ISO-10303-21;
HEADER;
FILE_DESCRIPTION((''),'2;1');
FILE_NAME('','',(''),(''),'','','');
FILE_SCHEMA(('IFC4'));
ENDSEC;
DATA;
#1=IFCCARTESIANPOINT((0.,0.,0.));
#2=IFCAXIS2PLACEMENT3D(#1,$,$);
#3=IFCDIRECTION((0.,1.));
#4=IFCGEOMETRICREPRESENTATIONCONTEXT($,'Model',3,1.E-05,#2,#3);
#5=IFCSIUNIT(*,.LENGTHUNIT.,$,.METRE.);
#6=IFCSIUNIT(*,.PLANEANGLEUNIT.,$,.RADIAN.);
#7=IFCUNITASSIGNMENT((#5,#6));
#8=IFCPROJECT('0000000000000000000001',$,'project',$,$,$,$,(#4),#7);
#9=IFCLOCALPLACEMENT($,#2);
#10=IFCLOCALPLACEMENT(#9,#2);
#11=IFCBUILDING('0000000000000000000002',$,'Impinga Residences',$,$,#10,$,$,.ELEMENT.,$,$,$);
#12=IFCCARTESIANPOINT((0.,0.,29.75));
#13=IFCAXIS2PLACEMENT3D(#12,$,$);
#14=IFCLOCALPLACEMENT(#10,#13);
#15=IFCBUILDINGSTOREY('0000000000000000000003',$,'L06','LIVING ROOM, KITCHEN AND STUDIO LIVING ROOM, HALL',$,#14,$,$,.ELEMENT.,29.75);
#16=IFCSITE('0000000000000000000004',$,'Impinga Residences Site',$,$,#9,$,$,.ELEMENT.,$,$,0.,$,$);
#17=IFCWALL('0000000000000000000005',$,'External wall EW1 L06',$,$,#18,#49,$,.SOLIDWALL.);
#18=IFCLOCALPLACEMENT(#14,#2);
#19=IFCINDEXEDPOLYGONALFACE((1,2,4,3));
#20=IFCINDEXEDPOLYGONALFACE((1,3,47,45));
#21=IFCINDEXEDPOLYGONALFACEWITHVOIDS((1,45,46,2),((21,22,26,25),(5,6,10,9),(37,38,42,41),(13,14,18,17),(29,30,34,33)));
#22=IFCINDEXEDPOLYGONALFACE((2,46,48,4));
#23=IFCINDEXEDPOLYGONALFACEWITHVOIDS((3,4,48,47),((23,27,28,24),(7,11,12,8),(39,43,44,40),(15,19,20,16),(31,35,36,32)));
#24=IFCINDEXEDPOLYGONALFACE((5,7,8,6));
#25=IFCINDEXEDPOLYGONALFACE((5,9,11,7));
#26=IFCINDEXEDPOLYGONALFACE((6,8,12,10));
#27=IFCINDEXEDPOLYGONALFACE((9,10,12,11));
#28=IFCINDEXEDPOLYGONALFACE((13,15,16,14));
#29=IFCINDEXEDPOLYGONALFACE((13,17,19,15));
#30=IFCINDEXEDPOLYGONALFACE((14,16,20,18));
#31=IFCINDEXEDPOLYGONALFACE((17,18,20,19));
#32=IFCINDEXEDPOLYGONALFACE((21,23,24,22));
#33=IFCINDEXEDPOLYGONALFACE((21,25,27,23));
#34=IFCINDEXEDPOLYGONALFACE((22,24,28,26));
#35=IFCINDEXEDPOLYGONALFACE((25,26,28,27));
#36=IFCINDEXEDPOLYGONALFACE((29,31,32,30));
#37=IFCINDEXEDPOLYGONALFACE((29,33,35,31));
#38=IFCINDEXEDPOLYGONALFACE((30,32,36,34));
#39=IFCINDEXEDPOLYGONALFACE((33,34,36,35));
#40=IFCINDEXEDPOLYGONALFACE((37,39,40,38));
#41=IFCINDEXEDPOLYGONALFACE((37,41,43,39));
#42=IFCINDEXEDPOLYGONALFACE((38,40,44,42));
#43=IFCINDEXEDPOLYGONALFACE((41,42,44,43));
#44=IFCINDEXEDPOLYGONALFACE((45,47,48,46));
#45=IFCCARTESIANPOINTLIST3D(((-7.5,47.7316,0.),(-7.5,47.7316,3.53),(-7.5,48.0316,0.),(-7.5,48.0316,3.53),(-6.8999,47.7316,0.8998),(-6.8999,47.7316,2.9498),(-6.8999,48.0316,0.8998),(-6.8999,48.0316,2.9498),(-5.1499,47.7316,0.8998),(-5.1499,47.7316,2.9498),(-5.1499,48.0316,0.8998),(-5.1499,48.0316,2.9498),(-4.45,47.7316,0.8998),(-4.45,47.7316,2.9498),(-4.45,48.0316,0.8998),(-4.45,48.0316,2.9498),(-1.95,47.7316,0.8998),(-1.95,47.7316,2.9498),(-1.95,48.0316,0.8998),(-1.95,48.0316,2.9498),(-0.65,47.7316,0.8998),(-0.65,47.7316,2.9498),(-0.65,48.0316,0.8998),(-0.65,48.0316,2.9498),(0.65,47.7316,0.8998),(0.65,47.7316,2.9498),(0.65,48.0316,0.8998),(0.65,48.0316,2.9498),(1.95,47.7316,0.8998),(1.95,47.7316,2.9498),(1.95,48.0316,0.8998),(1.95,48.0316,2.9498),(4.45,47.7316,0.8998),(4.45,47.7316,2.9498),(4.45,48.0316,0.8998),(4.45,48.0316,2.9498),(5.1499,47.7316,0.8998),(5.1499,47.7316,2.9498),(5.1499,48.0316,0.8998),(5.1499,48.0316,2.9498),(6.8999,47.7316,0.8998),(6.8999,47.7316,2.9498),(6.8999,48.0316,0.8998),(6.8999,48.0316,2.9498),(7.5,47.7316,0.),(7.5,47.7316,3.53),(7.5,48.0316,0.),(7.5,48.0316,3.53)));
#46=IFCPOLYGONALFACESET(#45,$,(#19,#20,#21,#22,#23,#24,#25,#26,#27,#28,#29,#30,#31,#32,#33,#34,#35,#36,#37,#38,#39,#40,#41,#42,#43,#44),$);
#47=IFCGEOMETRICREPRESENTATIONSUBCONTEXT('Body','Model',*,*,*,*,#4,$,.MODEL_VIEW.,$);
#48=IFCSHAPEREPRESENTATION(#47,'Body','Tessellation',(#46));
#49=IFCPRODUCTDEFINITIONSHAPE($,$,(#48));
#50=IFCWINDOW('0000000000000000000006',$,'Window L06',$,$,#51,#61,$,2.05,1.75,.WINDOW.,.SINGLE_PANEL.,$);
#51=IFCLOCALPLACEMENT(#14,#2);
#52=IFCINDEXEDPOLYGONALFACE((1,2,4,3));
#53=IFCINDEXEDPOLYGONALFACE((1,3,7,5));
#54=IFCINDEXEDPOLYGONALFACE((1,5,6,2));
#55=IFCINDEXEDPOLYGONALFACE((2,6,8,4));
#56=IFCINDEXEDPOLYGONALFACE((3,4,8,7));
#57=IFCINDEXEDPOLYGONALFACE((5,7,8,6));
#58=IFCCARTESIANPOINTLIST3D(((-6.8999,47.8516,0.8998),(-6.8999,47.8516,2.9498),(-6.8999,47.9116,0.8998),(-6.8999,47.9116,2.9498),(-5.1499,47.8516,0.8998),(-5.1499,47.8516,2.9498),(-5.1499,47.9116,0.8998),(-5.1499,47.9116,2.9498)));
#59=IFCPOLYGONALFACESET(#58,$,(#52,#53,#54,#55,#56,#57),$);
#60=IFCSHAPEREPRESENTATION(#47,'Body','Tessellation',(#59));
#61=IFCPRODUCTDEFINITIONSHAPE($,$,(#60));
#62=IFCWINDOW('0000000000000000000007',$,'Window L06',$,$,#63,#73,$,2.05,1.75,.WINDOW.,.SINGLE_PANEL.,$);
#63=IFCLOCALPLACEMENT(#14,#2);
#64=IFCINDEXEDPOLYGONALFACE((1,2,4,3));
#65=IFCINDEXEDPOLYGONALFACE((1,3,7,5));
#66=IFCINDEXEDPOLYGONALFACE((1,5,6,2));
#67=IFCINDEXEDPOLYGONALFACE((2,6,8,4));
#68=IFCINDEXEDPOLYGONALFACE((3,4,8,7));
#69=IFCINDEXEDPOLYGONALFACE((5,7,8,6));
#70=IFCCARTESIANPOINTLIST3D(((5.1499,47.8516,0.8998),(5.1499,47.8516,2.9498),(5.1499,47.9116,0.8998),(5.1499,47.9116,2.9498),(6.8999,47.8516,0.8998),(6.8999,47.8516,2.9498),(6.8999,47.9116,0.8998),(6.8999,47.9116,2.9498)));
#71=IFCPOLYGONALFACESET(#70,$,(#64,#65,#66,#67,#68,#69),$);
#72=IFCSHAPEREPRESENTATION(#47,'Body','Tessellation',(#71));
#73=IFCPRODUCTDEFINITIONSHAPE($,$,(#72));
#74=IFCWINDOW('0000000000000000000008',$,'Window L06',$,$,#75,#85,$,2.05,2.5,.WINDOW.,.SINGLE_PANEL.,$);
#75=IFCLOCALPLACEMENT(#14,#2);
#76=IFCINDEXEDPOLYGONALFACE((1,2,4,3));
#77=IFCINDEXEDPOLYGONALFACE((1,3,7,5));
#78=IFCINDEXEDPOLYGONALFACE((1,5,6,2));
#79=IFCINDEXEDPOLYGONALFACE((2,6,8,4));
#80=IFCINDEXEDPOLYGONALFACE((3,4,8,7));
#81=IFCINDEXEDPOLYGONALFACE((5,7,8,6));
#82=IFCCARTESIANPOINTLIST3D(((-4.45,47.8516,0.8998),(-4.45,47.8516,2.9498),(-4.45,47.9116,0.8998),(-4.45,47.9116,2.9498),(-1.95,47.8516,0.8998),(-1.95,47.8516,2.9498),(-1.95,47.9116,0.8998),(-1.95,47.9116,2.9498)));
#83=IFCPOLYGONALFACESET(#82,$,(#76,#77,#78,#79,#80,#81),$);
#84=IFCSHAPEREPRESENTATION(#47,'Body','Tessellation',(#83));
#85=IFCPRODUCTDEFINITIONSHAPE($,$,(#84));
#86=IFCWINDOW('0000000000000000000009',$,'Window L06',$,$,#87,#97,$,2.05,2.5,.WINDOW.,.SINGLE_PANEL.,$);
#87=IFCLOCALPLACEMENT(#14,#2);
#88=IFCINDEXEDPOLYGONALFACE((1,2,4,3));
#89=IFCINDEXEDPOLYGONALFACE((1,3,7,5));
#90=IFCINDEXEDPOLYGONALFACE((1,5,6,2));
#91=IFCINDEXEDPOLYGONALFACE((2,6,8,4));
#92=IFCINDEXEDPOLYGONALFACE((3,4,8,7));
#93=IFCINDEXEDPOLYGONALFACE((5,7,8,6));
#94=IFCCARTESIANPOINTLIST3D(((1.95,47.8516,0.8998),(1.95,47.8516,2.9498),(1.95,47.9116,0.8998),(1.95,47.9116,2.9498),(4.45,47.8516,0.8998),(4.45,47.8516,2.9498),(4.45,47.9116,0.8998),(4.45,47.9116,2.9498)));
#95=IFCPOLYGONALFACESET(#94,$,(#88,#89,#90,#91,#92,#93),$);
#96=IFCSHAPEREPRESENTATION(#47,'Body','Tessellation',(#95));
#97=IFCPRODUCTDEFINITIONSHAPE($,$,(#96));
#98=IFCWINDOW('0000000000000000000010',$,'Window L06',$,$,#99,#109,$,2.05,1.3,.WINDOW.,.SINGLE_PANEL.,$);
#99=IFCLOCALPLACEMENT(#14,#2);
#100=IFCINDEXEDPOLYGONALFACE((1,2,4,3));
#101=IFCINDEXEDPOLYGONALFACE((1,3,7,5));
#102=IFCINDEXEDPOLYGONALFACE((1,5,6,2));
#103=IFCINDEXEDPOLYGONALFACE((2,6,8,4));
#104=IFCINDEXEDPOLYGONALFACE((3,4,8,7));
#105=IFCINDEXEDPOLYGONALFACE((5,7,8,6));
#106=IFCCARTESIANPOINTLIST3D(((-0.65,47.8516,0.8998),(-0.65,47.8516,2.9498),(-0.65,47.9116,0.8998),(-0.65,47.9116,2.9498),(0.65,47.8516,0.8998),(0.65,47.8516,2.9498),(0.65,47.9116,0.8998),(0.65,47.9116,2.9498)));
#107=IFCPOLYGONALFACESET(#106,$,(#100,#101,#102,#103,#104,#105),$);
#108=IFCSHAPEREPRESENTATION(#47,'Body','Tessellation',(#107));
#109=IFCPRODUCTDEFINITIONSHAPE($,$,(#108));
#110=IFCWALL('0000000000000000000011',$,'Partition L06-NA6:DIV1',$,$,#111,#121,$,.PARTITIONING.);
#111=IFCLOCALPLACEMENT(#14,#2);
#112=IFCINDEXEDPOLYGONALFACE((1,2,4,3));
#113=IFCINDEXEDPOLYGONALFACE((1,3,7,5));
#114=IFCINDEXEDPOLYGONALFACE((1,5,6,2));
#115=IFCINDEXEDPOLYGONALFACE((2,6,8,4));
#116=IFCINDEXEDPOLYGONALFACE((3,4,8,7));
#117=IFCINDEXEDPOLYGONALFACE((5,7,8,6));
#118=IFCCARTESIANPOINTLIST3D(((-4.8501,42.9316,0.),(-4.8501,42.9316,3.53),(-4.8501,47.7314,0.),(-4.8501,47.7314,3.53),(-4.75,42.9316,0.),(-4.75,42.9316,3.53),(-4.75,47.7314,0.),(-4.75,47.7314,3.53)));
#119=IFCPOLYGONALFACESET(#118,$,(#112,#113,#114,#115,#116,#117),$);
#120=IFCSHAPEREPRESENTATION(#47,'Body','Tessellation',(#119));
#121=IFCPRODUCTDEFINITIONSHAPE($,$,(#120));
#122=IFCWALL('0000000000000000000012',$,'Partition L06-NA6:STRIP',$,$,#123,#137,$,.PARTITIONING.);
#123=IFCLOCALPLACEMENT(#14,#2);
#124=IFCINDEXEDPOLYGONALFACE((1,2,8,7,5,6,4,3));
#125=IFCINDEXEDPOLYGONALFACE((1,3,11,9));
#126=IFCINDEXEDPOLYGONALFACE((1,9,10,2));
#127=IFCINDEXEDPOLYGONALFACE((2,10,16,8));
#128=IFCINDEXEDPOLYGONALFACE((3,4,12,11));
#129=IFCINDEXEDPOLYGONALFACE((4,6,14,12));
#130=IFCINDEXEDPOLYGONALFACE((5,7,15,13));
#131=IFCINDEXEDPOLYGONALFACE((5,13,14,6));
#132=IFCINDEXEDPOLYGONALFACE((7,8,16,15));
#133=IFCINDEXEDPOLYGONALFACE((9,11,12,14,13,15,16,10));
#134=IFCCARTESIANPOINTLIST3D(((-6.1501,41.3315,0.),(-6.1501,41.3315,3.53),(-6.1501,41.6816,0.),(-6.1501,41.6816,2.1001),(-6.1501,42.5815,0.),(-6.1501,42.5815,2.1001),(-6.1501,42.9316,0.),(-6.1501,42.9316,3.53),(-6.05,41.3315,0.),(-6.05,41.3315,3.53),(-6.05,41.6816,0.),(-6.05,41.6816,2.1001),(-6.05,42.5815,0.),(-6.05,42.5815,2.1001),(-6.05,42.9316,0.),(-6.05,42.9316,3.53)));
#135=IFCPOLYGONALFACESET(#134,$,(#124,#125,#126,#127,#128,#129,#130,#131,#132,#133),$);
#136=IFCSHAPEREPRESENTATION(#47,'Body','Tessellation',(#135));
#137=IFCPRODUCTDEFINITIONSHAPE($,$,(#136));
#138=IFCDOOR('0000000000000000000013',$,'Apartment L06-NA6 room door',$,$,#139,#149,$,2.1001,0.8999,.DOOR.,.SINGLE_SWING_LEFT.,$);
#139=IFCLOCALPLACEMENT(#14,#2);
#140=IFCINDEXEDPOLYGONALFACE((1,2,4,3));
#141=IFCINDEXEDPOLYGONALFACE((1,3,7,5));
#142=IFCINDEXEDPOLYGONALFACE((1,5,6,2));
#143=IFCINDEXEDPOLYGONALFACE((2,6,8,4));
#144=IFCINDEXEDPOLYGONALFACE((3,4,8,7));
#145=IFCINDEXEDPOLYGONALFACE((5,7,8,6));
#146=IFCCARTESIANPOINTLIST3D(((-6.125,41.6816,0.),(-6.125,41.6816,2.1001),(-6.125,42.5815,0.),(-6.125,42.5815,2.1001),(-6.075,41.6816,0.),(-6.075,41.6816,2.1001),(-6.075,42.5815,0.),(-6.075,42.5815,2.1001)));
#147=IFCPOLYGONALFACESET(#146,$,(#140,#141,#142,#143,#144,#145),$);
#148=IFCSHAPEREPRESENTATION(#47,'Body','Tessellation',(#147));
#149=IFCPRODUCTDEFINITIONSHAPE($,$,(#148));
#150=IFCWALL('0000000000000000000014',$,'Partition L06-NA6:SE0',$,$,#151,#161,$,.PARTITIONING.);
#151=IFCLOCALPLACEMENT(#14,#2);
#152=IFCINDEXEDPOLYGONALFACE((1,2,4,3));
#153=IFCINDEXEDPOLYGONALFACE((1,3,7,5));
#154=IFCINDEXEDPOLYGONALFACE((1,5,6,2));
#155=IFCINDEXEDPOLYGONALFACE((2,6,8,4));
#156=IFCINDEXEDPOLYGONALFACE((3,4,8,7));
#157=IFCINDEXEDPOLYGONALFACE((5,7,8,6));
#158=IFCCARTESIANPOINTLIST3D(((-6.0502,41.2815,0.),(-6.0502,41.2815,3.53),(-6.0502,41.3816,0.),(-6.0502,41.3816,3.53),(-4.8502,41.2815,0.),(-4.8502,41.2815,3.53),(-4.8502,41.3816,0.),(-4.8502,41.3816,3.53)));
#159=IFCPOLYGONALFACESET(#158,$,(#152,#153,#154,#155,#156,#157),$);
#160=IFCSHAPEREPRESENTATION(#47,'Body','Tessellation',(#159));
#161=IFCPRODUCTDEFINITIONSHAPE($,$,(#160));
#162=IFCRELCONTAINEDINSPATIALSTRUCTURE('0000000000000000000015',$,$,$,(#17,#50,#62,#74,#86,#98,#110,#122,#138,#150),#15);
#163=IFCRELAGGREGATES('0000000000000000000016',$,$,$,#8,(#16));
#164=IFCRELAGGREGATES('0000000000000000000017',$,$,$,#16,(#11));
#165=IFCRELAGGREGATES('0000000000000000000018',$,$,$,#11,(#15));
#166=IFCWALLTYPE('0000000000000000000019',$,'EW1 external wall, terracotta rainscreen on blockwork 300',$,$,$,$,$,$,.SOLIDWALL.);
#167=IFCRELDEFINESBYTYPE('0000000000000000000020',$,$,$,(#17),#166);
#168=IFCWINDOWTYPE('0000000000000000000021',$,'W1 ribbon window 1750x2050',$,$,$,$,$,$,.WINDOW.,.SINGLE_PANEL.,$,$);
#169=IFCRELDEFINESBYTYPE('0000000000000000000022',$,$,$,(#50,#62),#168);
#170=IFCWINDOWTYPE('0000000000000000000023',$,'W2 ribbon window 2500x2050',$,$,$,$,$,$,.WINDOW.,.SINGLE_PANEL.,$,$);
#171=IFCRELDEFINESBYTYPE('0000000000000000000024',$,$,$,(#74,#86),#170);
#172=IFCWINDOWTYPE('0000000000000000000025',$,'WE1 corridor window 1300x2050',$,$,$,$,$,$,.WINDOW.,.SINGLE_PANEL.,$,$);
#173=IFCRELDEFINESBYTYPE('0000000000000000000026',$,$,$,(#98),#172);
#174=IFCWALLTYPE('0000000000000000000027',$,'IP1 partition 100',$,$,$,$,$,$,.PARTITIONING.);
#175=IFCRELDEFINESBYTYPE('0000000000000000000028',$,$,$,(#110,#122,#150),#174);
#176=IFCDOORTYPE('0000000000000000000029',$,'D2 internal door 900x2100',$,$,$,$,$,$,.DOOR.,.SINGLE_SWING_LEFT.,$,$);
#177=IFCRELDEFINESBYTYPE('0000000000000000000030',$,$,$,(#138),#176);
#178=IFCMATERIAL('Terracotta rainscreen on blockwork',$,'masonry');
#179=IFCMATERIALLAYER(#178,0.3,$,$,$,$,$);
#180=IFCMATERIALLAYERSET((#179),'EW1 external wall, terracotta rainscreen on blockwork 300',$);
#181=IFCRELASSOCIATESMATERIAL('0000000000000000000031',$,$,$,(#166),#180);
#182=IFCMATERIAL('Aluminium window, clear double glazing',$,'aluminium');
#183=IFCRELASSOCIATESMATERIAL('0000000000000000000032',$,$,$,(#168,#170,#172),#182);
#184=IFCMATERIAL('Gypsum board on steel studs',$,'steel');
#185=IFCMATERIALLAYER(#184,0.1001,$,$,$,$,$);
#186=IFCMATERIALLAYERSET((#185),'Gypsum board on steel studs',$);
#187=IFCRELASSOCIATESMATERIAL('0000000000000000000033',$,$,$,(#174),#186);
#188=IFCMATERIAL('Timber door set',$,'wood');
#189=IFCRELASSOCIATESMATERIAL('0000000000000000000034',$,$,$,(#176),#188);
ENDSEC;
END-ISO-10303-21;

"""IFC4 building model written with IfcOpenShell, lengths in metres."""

from ifc_helpers import new_model, si_unit, direction, frame, frame_2d, origin, place, context, subcontext, project, spatial, rectangle, extrude, material, layer, layer_set, type_object, element, fill, save


model = new_model("IFC4")

# Units and contexts
model_context = context("Model", 3, precision=1e-05, world=origin(), true_north=direction((0.0, 1.0)))
body_context = subcontext(model_context, "Body", "Model", "MODEL_VIEW")
ifc_project = project(units=[si_unit("LENGTHUNIT", "METRE"), si_unit("PLANEANGLEUNIT", "RADIAN")], contexts=[model_context])

# Site, building, storey
site_placement = place(None, origin())
site = spatial("IfcSite", under=ifc_project, at=site_placement, Name="Impinga Residences Site", CompositionType="ELEMENT", RefElevation=0.0)
building_placement = place(site_placement, origin())
building = spatial("IfcBuilding", under=site, at=building_placement, Name="Impinga Residences", CompositionType="ELEMENT")
storey_placement = place(building_placement, frame((0.0, 0.0, 29.75)))
storey = spatial("IfcBuildingStorey", under=building, at=storey_placement, Name="L06", Description="LIVING ROOM, KITCHEN AND STUDIO LIVING ROOM, HALL", CompositionType="ELEMENT", Elevation=29.75)

# Shared definitions
ifc_material_1 = material(Name="Terracotta rainscreen on blockwork", Category="masonry")
ifc_layer_1 = layer(ifc_material_1, 0.3)
ifc_layer_set_1 = layer_set([ifc_layer_1], Name="EW1 external wall, terracotta rainscreen on blockwork 300")
wall_type_1 = type_object("IfcWallType", Name="EW1 external wall, terracotta rainscreen on blockwork 300", PredefinedType="SOLIDWALL", material=ifc_layer_set_1)

# Wall, openings, windows
wall_1_placement = place(storey_placement, frame((-7.5, 47.8816, 0.0), z_axis=(0.0, 0.0, 1.0), x_axis=(1.0, 0.0, 0.0)))
wall_1 = element("IfcWall", 1, at=wall_1_placement, inside=storey, type_object=wall_type_1, Name="External wall EW1 L06", PredefinedType="SOLIDWALL", context=body_context, shape_type="SweptSolid", body=[
    extrude(rectangle(XDim=15.0, YDim=0.3, at=frame_2d((7.5, 0.0))), origin(), (0.0, 0.0, 1.0), 3.53),
])
opening_1_placement = place(wall_1_placement, frame((0.6001, 0.0, 0.8999)))
opening_1 = element("IfcOpeningElement", 2, at=opening_1_placement, cuts=wall_1, PredefinedType="OPENING", context=body_context, shape_type="SweptSolid", body=[
    extrude(rectangle(XDim=1.75, YDim=2.05, at=frame_2d((0.875, 1.0249))), frame((0.0, 0.1599, 0.0), z_axis=(0.0, -1.0, 0.0), x_axis=(1.0, 0.0, 0.0)), (0.0, 0.0, 1.0), 0.3201),
])
opening_2_placement = place(wall_1_placement, frame((3.05, 0.0, 0.8999)))
opening_2 = element("IfcOpeningElement", 3, at=opening_2_placement, cuts=wall_1, PredefinedType="OPENING", context=body_context, shape_type="SweptSolid", body=[
    extrude(rectangle(XDim=2.5, YDim=2.05, at=frame_2d((1.25, 1.0249))), frame((0.0, 0.1599, 0.0), z_axis=(0.0, -1.0, 0.0), x_axis=(1.0, 0.0, 0.0)), (0.0, 0.0, 1.0), 0.3201),
])
opening_3_placement = place(wall_1_placement, frame((6.8501, 0.0, 0.8999)))
opening_3 = element("IfcOpeningElement", 4, at=opening_3_placement, cuts=wall_1, PredefinedType="OPENING", context=body_context, shape_type="SweptSolid", body=[
    extrude(rectangle(XDim=1.3, YDim=2.05, at=frame_2d((0.6499, 1.0249))), frame((0.0, 0.1599, 0.0), z_axis=(0.0, -1.0, 0.0), x_axis=(1.0, 0.0, 0.0)), (0.0, 0.0, 1.0), 0.3201),
])
opening_4_placement = place(wall_1_placement, frame((9.45, 0.0, 0.8999)))
opening_4 = element("IfcOpeningElement", 5, at=opening_4_placement, cuts=wall_1, PredefinedType="OPENING", context=body_context, shape_type="SweptSolid", body=[
    extrude(rectangle(XDim=2.5, YDim=2.05, at=frame_2d((1.25, 1.0249))), frame((0.0, 0.1599, 0.0), z_axis=(0.0, -1.0, 0.0), x_axis=(1.0, 0.0, 0.0)), (0.0, 0.0, 1.0), 0.3201),
])
opening_5_placement = place(wall_1_placement, frame((12.6499, 0.0, 0.8999)))
opening_5 = element("IfcOpeningElement", 6, at=opening_5_placement, cuts=wall_1, PredefinedType="OPENING", context=body_context, shape_type="SweptSolid", body=[
    extrude(rectangle(XDim=1.75, YDim=2.05, at=frame_2d((0.875, 1.0249))), frame((0.0, 0.1599, 0.0), z_axis=(0.0, -1.0, 0.0), x_axis=(1.0, 0.0, 0.0)), (0.0, 0.0, 1.0), 0.3201),
])
ifc_material_2 = material(Name="Aluminium window, clear double glazing", Category="aluminium")
window_type_1 = type_object("IfcWindowType", Name="W1 ribbon window 1750x2050", PartitioningType="SINGLE_PANEL", PredefinedType="WINDOW", material=ifc_material_2)
window_1_placement = place(opening_1_placement, origin())
window_1 = element("IfcWindow", 7, at=window_1_placement, inside=storey, type_object=window_type_1, Name="Window L06", OverallHeight=2.05, OverallWidth=1.75, PartitioningType="SINGLE_PANEL", PredefinedType="WINDOW", context=body_context, shape_type="SweptSolid", body=[
    extrude(rectangle(XDim=1.75, YDim=2.05, at=frame_2d((0.875, 1.0249))), frame((0.0, 0.03, 0.0), z_axis=(0.0, -1.0, 0.0), x_axis=(1.0, 0.0, 0.0)), (0.0, 0.0, 1.0), 0.0601),
])
fill(opening_1, window_1)
window_2_placement = place(opening_5_placement, origin())
window_2 = element("IfcWindow", 8, at=window_2_placement, inside=storey, type_object=window_type_1, Name="Window L06", OverallHeight=2.05, OverallWidth=1.75, PartitioningType="SINGLE_PANEL", PredefinedType="WINDOW", context=body_context, shape_type="SweptSolid", body=[
    extrude(rectangle(XDim=1.75, YDim=2.05, at=frame_2d((0.875, 1.0249))), frame((0.0, 0.03, 0.0), z_axis=(0.0, -1.0, 0.0), x_axis=(1.0, 0.0, 0.0)), (0.0, 0.0, 1.0), 0.0601),
])
fill(opening_5, window_2)
window_type_2 = type_object("IfcWindowType", Name="W2 ribbon window 2500x2050", PartitioningType="SINGLE_PANEL", PredefinedType="WINDOW", material=ifc_material_2)
window_3_placement = place(opening_2_placement, origin())
window_3 = element("IfcWindow", 9, at=window_3_placement, inside=storey, type_object=window_type_2, Name="Window L06", OverallHeight=2.05, OverallWidth=2.5, PartitioningType="SINGLE_PANEL", PredefinedType="WINDOW", context=body_context, shape_type="SweptSolid", body=[
    extrude(rectangle(XDim=2.5, YDim=2.05, at=frame_2d((1.25, 1.0249))), frame((0.0, 0.03, 0.0), z_axis=(0.0, -1.0, 0.0), x_axis=(1.0, 0.0, 0.0)), (0.0, 0.0, 1.0), 0.0601),
])
fill(opening_2, window_3)
window_4_placement = place(opening_4_placement, origin())
window_4 = element("IfcWindow", 10, at=window_4_placement, inside=storey, type_object=window_type_2, Name="Window L06", OverallHeight=2.05, OverallWidth=2.5, PartitioningType="SINGLE_PANEL", PredefinedType="WINDOW", context=body_context, shape_type="SweptSolid", body=[
    extrude(rectangle(XDim=2.5, YDim=2.05, at=frame_2d((1.25, 1.0249))), frame((0.0, 0.03, 0.0), z_axis=(0.0, -1.0, 0.0), x_axis=(1.0, 0.0, 0.0)), (0.0, 0.0, 1.0), 0.0601),
])
fill(opening_4, window_4)
window_type_3 = type_object("IfcWindowType", Name="WE1 corridor window 1300x2050", PartitioningType="SINGLE_PANEL", PredefinedType="WINDOW", material=ifc_material_2)
window_5_placement = place(opening_3_placement, origin())
window_5 = element("IfcWindow", 11, at=window_5_placement, inside=storey, type_object=window_type_3, Name="Window L06", OverallHeight=2.05, OverallWidth=1.3, PartitioningType="SINGLE_PANEL", PredefinedType="WINDOW", context=body_context, shape_type="SweptSolid", body=[
    extrude(rectangle(XDim=1.3, YDim=2.05, at=frame_2d((0.6499, 1.0249))), frame((0.0, 0.03, 0.0), z_axis=(0.0, -1.0, 0.0), x_axis=(1.0, 0.0, 0.0)), (0.0, 0.0, 1.0), 0.0601),
])
fill(opening_3, window_5)

# Wall
ifc_material_3 = material(Name="Gypsum board on steel studs", Category="steel")
ifc_layer_2 = layer(ifc_material_3, 0.1001)
ifc_layer_set_2 = layer_set([ifc_layer_2], Name="Gypsum board on steel studs")
wall_type_2 = type_object("IfcWallType", Name="IP1 partition 100", PredefinedType="PARTITIONING", material=ifc_layer_set_2)
wall_2_placement = place(storey_placement, frame((-4.8, 42.9316, 0.0), z_axis=(0.0, 0.0, 1.0), x_axis=(0.0, 1.0, 0.0)))
element("IfcWall", 12, at=wall_2_placement, inside=storey, type_object=wall_type_2, Name="Partition L06-NA6:DIV1", PredefinedType="PARTITIONING", context=body_context, shape_type="SweptSolid", body=[
    extrude(rectangle(XDim=4.7998, YDim=0.1001, at=frame_2d((2.3999, 0.0))), origin(), (0.0, 0.0, 1.0), 3.53),
])

# Wall, opening, door
wall_3_placement = place(storey_placement, frame((-6.1001, 41.3315, 0.0), z_axis=(0.0, 0.0, 1.0), x_axis=(0.0, 1.0, 0.0)))
wall_3 = element("IfcWall", 13, at=wall_3_placement, inside=storey, type_object=wall_type_2, Name="Partition L06-NA6:STRIP", PredefinedType="PARTITIONING", context=body_context, shape_type="SweptSolid", body=[
    extrude(rectangle(XDim=1.6001, YDim=0.1001, at=frame_2d((0.8, 0.0))), origin(), (0.0, 0.0, 1.0), 3.53),
])
opening_6_placement = place(wall_3_placement, frame((0.3501, 0.0, 0.0)))
opening_6 = element("IfcOpeningElement", 14, at=opening_6_placement, cuts=wall_3, PredefinedType="OPENING", context=body_context, shape_type="SweptSolid", body=[
    extrude(rectangle(XDim=0.8999, YDim=2.1001, at=frame_2d((0.45, 1.05))), frame((0.0, 0.0601, 0.0), z_axis=(0.0, -1.0, 0.0), x_axis=(1.0, 0.0, 0.0)), (0.0, 0.0, 1.0), 0.1201),
])
ifc_material_4 = material(Name="Timber door set", Category="wood")
door_type = type_object("IfcDoorType", Name="D2 internal door 900x2100", OperationType="SINGLE_SWING_LEFT", PredefinedType="DOOR", material=ifc_material_4)
door_1_placement = place(opening_6_placement, origin())
door_1 = element("IfcDoor", 15, at=door_1_placement, inside=storey, type_object=door_type, Name="Apartment L06-NA6 room door", OperationType="SINGLE_SWING_LEFT", OverallHeight=2.1001, OverallWidth=0.8999, PredefinedType="DOOR", context=body_context, shape_type="SweptSolid", body=[
    extrude(rectangle(XDim=0.8999, YDim=2.1001, at=frame_2d((0.45, 1.05))), frame((0.0, 0.0249, 0.0), z_axis=(0.0, -1.0, 0.0), x_axis=(1.0, 0.0, 0.0)), (0.0, 0.0, 1.0), 0.05),
])
fill(opening_6, door_1)

# Wall
for number, where, z_axis, x_axis, name in (
    (16, (-4.8501, 41.3315, 0.0), (0.0, 0.0, 1.0), (-1.0, 0.0, 0.0), "Partition L06-NA6:SE0"),
):
    element("IfcWall", number, at=place(storey_placement, frame(where, z_axis=z_axis, x_axis=x_axis)), inside=storey, type_object=wall_type_2, Name=name, PredefinedType="PARTITIONING", context=body_context, shape_type="SweptSolid", body=[
        extrude(rectangle(XDim=1.2, YDim=0.1001, at=frame_2d((0.6001, 0.0))), origin(), (0.0, 0.0, 1.0), 3.53),
    ])

save(model, "model.ifc")
